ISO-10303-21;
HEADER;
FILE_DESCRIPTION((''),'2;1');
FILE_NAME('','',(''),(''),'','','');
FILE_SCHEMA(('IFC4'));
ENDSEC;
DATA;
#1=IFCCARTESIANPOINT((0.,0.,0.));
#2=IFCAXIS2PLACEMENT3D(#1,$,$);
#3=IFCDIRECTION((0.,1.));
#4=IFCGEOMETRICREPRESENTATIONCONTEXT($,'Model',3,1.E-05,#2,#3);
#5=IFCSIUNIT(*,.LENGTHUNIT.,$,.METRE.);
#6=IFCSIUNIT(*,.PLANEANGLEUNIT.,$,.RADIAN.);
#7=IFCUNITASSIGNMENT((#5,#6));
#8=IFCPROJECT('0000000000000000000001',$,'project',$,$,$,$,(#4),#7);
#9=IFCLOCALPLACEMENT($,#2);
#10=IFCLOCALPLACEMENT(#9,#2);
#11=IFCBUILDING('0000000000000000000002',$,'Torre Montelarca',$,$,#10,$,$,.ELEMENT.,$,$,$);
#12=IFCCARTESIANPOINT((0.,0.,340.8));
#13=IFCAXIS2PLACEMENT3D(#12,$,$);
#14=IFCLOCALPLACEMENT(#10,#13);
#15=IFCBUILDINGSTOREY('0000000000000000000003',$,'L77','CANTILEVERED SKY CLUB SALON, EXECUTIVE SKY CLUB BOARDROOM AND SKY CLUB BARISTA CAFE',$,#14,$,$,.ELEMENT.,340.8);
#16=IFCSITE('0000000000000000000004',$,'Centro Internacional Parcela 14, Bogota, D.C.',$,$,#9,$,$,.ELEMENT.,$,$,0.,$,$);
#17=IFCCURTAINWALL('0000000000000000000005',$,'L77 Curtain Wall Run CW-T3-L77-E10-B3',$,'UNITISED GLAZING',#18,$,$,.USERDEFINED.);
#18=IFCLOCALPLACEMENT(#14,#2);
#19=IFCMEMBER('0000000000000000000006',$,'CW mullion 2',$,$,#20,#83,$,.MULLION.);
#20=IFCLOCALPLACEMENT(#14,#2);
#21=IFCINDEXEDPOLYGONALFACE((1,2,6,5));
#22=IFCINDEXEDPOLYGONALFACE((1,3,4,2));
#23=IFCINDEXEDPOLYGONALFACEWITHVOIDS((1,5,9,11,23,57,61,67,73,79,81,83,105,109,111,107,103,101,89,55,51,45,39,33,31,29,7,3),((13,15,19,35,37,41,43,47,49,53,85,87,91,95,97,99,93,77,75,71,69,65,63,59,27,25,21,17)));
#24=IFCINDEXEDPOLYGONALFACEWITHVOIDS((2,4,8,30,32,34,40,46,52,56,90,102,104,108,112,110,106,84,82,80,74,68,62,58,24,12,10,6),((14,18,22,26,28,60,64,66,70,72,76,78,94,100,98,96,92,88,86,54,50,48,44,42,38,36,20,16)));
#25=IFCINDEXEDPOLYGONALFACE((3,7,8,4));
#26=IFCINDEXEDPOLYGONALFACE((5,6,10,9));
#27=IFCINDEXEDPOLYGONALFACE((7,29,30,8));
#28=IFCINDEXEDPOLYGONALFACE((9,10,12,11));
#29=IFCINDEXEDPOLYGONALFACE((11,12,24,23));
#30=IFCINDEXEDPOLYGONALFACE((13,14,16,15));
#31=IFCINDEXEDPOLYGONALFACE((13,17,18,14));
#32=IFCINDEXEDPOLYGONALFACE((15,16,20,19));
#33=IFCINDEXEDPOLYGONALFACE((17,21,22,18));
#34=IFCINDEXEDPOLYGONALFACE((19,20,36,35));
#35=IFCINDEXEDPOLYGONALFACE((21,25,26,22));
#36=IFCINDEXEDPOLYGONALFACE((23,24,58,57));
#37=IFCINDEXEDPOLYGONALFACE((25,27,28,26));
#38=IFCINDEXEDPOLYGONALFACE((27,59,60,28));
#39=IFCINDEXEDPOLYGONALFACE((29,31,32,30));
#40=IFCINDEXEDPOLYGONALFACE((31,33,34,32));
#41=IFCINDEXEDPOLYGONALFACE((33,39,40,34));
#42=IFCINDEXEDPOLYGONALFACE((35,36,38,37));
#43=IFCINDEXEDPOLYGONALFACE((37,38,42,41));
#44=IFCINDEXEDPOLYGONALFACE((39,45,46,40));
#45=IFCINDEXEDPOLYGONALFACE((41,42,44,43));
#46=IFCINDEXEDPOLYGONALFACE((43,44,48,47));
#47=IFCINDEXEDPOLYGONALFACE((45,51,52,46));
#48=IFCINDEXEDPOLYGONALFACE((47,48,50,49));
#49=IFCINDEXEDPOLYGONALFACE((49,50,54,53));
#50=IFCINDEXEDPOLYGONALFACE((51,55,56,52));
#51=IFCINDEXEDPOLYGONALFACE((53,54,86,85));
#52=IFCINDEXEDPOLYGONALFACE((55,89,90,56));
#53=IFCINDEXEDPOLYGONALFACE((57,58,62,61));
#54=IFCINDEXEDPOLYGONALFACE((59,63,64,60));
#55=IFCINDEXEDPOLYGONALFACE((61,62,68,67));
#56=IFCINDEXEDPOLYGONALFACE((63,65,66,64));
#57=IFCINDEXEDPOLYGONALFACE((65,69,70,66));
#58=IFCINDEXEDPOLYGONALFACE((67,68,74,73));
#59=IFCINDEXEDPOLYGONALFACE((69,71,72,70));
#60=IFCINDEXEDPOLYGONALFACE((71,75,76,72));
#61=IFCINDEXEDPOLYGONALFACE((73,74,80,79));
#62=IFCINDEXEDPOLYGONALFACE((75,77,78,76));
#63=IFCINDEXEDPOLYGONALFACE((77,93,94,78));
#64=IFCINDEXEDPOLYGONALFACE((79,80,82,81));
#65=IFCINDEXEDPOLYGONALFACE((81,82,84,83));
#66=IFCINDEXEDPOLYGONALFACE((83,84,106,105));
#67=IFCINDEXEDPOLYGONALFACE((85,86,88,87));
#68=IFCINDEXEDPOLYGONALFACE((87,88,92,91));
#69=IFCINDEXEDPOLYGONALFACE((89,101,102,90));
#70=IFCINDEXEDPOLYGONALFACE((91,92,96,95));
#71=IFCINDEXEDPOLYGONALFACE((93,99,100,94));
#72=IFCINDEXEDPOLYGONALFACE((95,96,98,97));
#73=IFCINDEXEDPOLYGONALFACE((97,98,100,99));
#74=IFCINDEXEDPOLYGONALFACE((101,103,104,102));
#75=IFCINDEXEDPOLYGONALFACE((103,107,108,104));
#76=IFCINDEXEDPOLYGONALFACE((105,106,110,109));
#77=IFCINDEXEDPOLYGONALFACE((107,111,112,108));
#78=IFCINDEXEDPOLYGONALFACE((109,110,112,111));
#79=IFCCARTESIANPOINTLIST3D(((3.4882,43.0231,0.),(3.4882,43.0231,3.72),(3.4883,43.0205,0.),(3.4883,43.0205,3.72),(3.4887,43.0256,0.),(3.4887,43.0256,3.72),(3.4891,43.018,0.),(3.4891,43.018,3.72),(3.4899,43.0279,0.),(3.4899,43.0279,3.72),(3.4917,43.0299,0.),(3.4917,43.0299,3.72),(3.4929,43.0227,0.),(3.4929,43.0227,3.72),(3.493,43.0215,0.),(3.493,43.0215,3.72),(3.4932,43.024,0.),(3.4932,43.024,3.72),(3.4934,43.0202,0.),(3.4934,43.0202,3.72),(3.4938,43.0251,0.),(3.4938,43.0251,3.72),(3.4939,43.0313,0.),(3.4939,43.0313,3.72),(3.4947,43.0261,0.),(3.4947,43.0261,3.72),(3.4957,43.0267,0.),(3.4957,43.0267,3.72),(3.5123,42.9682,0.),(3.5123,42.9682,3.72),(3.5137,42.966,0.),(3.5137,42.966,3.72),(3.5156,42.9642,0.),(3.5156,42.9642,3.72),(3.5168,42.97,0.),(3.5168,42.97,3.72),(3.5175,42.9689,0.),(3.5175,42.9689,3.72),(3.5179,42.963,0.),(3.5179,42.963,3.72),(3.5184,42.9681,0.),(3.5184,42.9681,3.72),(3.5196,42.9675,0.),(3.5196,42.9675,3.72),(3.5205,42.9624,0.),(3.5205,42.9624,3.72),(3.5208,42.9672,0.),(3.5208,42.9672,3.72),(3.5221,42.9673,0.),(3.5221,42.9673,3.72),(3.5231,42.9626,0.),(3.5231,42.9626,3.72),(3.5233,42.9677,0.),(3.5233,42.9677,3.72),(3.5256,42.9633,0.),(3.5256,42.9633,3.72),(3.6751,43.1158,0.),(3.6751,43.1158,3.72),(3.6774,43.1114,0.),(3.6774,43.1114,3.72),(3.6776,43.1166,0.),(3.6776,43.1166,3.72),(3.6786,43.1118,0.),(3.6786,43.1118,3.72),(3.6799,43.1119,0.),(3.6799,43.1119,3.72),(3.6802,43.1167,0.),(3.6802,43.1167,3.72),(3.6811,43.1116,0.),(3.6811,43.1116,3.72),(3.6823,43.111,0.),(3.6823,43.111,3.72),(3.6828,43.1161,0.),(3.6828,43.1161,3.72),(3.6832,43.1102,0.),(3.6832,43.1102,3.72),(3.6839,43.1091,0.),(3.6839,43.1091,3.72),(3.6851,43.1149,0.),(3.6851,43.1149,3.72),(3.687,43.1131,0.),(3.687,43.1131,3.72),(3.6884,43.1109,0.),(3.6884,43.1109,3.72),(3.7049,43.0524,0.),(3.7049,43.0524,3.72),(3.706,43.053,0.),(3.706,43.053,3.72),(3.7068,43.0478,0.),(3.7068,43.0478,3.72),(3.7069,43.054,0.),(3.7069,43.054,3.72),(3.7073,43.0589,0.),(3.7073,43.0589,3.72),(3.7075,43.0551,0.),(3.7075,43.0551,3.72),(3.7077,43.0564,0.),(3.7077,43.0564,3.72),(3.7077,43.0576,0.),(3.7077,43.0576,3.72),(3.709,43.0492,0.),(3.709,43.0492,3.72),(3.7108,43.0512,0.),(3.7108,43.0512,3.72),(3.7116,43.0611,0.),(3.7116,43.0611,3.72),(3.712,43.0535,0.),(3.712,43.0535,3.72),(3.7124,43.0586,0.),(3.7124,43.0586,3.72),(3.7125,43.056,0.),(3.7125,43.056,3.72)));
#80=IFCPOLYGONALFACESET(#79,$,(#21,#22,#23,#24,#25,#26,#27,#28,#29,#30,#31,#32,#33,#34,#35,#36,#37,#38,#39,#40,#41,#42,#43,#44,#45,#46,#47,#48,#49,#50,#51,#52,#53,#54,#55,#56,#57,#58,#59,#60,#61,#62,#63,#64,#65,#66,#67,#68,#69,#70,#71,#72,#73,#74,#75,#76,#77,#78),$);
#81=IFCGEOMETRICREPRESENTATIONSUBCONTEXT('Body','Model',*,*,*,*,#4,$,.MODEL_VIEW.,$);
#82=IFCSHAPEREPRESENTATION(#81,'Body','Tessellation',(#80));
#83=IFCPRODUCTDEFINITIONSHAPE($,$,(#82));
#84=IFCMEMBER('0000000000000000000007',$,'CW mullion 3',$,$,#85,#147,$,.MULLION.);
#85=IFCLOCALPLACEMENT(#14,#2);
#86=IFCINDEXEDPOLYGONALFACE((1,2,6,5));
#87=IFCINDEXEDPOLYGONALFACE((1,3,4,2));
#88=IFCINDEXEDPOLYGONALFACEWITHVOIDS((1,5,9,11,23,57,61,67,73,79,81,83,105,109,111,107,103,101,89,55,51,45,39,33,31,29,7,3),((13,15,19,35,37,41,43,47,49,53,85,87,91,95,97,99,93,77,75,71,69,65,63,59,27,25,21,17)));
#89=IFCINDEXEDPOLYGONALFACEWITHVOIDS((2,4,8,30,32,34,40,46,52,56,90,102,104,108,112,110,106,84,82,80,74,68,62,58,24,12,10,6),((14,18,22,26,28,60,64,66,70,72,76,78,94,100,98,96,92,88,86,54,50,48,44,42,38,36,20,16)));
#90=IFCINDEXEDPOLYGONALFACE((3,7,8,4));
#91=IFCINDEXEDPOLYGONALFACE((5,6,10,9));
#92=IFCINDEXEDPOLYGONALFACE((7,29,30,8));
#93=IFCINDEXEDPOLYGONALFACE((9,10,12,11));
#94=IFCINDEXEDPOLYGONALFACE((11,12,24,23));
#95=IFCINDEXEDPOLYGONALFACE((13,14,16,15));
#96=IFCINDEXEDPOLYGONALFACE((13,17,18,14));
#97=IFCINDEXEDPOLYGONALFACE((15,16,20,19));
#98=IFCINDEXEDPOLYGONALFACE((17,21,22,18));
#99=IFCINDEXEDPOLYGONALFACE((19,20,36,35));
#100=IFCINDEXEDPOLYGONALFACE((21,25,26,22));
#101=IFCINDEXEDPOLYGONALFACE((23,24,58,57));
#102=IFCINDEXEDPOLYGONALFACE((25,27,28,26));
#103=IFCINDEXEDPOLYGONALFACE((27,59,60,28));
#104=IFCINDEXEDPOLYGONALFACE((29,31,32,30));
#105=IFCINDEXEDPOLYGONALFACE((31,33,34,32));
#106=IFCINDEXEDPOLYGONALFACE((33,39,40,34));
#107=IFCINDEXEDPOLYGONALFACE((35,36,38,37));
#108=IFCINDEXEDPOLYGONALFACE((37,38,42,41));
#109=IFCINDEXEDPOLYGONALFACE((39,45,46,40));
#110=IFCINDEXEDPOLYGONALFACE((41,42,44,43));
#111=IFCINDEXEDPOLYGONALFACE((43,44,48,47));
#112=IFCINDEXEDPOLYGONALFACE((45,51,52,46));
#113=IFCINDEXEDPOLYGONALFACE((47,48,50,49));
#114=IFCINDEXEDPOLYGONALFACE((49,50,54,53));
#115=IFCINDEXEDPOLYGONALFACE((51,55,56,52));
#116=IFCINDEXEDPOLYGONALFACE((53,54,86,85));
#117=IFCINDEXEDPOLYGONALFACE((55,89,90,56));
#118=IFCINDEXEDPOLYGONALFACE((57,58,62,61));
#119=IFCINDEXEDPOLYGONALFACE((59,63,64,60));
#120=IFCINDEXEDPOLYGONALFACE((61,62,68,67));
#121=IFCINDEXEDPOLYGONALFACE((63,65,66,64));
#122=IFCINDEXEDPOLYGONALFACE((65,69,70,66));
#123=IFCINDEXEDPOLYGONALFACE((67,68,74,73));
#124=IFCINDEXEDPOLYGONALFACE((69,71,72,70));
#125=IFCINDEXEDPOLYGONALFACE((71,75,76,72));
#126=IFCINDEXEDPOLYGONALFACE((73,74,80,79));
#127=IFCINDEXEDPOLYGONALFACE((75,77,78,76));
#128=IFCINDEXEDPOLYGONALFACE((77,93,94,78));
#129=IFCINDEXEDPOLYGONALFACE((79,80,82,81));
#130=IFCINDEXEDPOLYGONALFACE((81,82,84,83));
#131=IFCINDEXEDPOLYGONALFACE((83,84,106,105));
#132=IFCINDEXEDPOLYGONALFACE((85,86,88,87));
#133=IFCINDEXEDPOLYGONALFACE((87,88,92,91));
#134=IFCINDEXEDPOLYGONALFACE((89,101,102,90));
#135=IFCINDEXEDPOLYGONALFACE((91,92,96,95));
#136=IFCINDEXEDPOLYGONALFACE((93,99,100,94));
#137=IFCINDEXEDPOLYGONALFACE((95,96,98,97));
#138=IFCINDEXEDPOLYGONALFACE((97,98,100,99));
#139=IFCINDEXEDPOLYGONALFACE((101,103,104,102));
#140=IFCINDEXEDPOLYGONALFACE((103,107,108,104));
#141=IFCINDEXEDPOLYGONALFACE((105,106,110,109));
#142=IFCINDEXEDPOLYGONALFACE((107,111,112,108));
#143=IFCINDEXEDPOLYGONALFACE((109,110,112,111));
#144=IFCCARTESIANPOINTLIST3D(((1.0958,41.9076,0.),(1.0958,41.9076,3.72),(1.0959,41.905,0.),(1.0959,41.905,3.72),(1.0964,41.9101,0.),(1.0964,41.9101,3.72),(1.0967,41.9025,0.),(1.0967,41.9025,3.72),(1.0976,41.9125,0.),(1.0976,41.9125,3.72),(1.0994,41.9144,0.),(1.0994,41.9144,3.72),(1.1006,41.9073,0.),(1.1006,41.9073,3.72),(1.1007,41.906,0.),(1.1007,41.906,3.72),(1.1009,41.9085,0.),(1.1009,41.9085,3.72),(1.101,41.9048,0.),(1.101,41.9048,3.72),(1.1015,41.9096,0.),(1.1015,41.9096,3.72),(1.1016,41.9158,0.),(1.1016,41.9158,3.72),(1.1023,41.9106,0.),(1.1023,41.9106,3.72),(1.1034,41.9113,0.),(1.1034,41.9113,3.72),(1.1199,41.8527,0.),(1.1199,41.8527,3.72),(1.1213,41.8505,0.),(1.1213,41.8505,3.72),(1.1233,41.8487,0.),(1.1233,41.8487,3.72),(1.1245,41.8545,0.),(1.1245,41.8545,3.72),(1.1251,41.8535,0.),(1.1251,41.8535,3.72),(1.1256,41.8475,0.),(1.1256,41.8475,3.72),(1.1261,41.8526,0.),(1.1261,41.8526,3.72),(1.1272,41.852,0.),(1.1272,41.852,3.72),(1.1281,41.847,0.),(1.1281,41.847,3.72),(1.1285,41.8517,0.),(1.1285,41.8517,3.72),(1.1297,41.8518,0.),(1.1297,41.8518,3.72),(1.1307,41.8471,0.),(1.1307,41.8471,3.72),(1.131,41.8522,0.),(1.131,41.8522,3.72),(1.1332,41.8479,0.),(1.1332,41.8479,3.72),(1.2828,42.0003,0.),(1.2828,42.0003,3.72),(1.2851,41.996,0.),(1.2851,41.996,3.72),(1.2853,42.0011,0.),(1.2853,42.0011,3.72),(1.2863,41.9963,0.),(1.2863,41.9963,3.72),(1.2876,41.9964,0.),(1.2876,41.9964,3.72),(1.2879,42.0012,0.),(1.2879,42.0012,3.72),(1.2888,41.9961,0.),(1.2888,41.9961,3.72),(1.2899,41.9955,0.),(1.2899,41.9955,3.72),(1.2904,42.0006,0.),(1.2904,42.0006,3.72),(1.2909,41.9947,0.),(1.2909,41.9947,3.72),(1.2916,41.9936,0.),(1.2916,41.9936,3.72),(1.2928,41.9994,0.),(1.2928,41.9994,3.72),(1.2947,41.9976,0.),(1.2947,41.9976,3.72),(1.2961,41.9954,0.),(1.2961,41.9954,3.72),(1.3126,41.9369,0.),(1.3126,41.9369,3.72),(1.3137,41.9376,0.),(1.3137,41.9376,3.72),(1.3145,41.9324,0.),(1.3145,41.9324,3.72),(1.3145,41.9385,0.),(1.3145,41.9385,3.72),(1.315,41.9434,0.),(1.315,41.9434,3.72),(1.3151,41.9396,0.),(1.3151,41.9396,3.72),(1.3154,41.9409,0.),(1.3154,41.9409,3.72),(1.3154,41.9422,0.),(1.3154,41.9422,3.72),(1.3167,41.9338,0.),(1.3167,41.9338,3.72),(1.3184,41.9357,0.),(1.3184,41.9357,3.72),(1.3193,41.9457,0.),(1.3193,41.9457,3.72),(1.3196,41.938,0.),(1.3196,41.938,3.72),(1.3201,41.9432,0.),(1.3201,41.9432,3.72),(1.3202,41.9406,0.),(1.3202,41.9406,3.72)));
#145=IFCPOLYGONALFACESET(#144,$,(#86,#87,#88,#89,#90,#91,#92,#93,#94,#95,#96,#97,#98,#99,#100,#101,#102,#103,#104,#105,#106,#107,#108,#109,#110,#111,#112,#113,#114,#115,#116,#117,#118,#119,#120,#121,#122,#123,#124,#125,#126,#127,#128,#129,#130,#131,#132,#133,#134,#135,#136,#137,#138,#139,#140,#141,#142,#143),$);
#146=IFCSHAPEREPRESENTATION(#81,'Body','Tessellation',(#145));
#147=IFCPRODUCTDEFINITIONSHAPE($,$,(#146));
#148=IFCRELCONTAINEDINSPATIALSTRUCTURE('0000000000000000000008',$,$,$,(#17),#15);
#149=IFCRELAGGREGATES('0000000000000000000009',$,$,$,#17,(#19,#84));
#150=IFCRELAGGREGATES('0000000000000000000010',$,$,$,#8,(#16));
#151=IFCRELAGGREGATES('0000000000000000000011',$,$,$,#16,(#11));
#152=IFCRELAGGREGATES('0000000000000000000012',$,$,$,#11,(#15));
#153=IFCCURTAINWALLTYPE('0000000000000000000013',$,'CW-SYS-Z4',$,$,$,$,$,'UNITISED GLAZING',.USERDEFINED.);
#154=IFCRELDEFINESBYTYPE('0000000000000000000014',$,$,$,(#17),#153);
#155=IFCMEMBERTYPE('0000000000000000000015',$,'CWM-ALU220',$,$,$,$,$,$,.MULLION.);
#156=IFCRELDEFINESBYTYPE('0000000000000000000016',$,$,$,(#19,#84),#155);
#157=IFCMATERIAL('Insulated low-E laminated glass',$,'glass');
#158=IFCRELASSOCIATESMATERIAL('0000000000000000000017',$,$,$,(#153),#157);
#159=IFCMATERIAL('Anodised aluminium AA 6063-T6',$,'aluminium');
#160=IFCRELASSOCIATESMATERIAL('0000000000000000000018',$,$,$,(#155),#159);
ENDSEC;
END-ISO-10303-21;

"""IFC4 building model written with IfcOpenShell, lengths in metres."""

from ifc_helpers import new_model, si_unit, direction, frame, origin, origin_2d, place, context, subcontext, project, spatial, hollow_rectangle, extrude, source, transform, mapped, material, material_profile, profile_set, type_object, element, aggregate, save


model = new_model("IFC4")

# Units and contexts
model_context = context("Model", 3, precision=1e-05, world=origin(), true_north=direction((0.0, 1.0)))
body_context = subcontext(model_context, "Body", "Model", "MODEL_VIEW")
ifc_project = project(units=[si_unit("LENGTHUNIT", "METRE"), si_unit("PLANEANGLEUNIT", "RADIAN")], contexts=[model_context])

# Site, building, storey
site_placement = place(None, origin())
site = spatial("IfcSite", under=ifc_project, at=site_placement, Name="Centro Internacional Parcela 14, Bogota, D.C.", CompositionType="ELEMENT", RefElevation=0.0)
building_placement = place(site_placement, origin())
building = spatial("IfcBuilding", under=site, at=building_placement, Name="Torre Montelarca", CompositionType="ELEMENT")
storey_placement = place(building_placement, frame((0.0, 0.0, 340.8)))
storey = spatial("IfcBuildingStorey", under=building, at=storey_placement, Name="L77", Description="CANTILEVERED SKY CLUB SALON, EXECUTIVE SKY CLUB BOARDROOM AND SKY CLUB BARISTA CAFE", CompositionType="ELEMENT", Elevation=340.8)

# Curtain wall, members
ifc_material_1 = material(Name="Insulated low-E laminated glass", Category="glass")
curtain_wall_type = type_object("IfcCurtainWallType", Name="CW-SYS-Z4", ElementType="UNITISED GLAZING", PredefinedType="USERDEFINED", material=ifc_material_1)
ifc_material_2 = material(Name="Anodised aluminium AA 6063-T6", Category="aluminium")
ifc_material_profile_1 = material_profile(ifc_material_2, hollow_rectangle(XDim=0.075, YDim=0.22, WallThickness=0.0049, InnerFilletRadius=0.0049, OuterFilletRadius=0.01, at=origin_2d()), Name="ALU75X220X5", Category="aluminium")
ifc_profile_set_1 = profile_set([ifc_material_profile_1], Name="Anodised aluminium AA 6063-T6")
member_type_1 = type_object("IfcMemberType", Name="CWM-ALU220", PredefinedType="MULLION", material=ifc_profile_set_1)
shared_shape_1 = source(origin(), body_context, "Body", "SweptSolid", [
    extrude(hollow_rectangle(XDim=0.075, YDim=0.22, WallThickness=0.0049, InnerFilletRadius=0.0049, OuterFilletRadius=0.01, at=origin_2d()), origin(), (0.0, 0.0, 1.0), 3.72),
])
curtain_wall_1_placement = place(storey_placement, origin())
curtain_wall_1 = element("IfcCurtainWall", 1, at=curtain_wall_1_placement, inside=storey, type_object=curtain_wall_type, Name="L77 Curtain Wall Run CW-T3-L77-E10-B3", ObjectType="UNITISED GLAZING", PredefinedType="USERDEFINED")
member_1_placement = place(storey_placement, frame((3.6003, 43.0396, 0.0), z_axis=(0.0, 0.0, 1.0), x_axis=(0.422602, -0.906315, 0.0)))
member_1 = element("IfcMember", 2, at=member_1_placement, type_object=member_type_1, Name="CW mullion 2", PredefinedType="MULLION", context=body_context, shape_type="MappedRepresentation", body=[
    mapped(shared_shape_1, transform((0.0, 0.0, 0.0), scale=1.0)),
])
member_2_placement = place(storey_placement, frame((1.208, 41.9241, 0.0), z_axis=(0.0, 0.0, 1.0), x_axis=(0.422602, -0.906315, 0.0)))
member_2 = element("IfcMember", 3, at=member_2_placement, type_object=member_type_1, Name="CW mullion 3", PredefinedType="MULLION", context=body_context, shape_type="MappedRepresentation", body=[
    mapped(shared_shape_1, transform((0.0, 0.0, 0.0), scale=1.0)),
])

aggregate(curtain_wall_1, [member_1, member_2])

save(model, "model.ifc")
